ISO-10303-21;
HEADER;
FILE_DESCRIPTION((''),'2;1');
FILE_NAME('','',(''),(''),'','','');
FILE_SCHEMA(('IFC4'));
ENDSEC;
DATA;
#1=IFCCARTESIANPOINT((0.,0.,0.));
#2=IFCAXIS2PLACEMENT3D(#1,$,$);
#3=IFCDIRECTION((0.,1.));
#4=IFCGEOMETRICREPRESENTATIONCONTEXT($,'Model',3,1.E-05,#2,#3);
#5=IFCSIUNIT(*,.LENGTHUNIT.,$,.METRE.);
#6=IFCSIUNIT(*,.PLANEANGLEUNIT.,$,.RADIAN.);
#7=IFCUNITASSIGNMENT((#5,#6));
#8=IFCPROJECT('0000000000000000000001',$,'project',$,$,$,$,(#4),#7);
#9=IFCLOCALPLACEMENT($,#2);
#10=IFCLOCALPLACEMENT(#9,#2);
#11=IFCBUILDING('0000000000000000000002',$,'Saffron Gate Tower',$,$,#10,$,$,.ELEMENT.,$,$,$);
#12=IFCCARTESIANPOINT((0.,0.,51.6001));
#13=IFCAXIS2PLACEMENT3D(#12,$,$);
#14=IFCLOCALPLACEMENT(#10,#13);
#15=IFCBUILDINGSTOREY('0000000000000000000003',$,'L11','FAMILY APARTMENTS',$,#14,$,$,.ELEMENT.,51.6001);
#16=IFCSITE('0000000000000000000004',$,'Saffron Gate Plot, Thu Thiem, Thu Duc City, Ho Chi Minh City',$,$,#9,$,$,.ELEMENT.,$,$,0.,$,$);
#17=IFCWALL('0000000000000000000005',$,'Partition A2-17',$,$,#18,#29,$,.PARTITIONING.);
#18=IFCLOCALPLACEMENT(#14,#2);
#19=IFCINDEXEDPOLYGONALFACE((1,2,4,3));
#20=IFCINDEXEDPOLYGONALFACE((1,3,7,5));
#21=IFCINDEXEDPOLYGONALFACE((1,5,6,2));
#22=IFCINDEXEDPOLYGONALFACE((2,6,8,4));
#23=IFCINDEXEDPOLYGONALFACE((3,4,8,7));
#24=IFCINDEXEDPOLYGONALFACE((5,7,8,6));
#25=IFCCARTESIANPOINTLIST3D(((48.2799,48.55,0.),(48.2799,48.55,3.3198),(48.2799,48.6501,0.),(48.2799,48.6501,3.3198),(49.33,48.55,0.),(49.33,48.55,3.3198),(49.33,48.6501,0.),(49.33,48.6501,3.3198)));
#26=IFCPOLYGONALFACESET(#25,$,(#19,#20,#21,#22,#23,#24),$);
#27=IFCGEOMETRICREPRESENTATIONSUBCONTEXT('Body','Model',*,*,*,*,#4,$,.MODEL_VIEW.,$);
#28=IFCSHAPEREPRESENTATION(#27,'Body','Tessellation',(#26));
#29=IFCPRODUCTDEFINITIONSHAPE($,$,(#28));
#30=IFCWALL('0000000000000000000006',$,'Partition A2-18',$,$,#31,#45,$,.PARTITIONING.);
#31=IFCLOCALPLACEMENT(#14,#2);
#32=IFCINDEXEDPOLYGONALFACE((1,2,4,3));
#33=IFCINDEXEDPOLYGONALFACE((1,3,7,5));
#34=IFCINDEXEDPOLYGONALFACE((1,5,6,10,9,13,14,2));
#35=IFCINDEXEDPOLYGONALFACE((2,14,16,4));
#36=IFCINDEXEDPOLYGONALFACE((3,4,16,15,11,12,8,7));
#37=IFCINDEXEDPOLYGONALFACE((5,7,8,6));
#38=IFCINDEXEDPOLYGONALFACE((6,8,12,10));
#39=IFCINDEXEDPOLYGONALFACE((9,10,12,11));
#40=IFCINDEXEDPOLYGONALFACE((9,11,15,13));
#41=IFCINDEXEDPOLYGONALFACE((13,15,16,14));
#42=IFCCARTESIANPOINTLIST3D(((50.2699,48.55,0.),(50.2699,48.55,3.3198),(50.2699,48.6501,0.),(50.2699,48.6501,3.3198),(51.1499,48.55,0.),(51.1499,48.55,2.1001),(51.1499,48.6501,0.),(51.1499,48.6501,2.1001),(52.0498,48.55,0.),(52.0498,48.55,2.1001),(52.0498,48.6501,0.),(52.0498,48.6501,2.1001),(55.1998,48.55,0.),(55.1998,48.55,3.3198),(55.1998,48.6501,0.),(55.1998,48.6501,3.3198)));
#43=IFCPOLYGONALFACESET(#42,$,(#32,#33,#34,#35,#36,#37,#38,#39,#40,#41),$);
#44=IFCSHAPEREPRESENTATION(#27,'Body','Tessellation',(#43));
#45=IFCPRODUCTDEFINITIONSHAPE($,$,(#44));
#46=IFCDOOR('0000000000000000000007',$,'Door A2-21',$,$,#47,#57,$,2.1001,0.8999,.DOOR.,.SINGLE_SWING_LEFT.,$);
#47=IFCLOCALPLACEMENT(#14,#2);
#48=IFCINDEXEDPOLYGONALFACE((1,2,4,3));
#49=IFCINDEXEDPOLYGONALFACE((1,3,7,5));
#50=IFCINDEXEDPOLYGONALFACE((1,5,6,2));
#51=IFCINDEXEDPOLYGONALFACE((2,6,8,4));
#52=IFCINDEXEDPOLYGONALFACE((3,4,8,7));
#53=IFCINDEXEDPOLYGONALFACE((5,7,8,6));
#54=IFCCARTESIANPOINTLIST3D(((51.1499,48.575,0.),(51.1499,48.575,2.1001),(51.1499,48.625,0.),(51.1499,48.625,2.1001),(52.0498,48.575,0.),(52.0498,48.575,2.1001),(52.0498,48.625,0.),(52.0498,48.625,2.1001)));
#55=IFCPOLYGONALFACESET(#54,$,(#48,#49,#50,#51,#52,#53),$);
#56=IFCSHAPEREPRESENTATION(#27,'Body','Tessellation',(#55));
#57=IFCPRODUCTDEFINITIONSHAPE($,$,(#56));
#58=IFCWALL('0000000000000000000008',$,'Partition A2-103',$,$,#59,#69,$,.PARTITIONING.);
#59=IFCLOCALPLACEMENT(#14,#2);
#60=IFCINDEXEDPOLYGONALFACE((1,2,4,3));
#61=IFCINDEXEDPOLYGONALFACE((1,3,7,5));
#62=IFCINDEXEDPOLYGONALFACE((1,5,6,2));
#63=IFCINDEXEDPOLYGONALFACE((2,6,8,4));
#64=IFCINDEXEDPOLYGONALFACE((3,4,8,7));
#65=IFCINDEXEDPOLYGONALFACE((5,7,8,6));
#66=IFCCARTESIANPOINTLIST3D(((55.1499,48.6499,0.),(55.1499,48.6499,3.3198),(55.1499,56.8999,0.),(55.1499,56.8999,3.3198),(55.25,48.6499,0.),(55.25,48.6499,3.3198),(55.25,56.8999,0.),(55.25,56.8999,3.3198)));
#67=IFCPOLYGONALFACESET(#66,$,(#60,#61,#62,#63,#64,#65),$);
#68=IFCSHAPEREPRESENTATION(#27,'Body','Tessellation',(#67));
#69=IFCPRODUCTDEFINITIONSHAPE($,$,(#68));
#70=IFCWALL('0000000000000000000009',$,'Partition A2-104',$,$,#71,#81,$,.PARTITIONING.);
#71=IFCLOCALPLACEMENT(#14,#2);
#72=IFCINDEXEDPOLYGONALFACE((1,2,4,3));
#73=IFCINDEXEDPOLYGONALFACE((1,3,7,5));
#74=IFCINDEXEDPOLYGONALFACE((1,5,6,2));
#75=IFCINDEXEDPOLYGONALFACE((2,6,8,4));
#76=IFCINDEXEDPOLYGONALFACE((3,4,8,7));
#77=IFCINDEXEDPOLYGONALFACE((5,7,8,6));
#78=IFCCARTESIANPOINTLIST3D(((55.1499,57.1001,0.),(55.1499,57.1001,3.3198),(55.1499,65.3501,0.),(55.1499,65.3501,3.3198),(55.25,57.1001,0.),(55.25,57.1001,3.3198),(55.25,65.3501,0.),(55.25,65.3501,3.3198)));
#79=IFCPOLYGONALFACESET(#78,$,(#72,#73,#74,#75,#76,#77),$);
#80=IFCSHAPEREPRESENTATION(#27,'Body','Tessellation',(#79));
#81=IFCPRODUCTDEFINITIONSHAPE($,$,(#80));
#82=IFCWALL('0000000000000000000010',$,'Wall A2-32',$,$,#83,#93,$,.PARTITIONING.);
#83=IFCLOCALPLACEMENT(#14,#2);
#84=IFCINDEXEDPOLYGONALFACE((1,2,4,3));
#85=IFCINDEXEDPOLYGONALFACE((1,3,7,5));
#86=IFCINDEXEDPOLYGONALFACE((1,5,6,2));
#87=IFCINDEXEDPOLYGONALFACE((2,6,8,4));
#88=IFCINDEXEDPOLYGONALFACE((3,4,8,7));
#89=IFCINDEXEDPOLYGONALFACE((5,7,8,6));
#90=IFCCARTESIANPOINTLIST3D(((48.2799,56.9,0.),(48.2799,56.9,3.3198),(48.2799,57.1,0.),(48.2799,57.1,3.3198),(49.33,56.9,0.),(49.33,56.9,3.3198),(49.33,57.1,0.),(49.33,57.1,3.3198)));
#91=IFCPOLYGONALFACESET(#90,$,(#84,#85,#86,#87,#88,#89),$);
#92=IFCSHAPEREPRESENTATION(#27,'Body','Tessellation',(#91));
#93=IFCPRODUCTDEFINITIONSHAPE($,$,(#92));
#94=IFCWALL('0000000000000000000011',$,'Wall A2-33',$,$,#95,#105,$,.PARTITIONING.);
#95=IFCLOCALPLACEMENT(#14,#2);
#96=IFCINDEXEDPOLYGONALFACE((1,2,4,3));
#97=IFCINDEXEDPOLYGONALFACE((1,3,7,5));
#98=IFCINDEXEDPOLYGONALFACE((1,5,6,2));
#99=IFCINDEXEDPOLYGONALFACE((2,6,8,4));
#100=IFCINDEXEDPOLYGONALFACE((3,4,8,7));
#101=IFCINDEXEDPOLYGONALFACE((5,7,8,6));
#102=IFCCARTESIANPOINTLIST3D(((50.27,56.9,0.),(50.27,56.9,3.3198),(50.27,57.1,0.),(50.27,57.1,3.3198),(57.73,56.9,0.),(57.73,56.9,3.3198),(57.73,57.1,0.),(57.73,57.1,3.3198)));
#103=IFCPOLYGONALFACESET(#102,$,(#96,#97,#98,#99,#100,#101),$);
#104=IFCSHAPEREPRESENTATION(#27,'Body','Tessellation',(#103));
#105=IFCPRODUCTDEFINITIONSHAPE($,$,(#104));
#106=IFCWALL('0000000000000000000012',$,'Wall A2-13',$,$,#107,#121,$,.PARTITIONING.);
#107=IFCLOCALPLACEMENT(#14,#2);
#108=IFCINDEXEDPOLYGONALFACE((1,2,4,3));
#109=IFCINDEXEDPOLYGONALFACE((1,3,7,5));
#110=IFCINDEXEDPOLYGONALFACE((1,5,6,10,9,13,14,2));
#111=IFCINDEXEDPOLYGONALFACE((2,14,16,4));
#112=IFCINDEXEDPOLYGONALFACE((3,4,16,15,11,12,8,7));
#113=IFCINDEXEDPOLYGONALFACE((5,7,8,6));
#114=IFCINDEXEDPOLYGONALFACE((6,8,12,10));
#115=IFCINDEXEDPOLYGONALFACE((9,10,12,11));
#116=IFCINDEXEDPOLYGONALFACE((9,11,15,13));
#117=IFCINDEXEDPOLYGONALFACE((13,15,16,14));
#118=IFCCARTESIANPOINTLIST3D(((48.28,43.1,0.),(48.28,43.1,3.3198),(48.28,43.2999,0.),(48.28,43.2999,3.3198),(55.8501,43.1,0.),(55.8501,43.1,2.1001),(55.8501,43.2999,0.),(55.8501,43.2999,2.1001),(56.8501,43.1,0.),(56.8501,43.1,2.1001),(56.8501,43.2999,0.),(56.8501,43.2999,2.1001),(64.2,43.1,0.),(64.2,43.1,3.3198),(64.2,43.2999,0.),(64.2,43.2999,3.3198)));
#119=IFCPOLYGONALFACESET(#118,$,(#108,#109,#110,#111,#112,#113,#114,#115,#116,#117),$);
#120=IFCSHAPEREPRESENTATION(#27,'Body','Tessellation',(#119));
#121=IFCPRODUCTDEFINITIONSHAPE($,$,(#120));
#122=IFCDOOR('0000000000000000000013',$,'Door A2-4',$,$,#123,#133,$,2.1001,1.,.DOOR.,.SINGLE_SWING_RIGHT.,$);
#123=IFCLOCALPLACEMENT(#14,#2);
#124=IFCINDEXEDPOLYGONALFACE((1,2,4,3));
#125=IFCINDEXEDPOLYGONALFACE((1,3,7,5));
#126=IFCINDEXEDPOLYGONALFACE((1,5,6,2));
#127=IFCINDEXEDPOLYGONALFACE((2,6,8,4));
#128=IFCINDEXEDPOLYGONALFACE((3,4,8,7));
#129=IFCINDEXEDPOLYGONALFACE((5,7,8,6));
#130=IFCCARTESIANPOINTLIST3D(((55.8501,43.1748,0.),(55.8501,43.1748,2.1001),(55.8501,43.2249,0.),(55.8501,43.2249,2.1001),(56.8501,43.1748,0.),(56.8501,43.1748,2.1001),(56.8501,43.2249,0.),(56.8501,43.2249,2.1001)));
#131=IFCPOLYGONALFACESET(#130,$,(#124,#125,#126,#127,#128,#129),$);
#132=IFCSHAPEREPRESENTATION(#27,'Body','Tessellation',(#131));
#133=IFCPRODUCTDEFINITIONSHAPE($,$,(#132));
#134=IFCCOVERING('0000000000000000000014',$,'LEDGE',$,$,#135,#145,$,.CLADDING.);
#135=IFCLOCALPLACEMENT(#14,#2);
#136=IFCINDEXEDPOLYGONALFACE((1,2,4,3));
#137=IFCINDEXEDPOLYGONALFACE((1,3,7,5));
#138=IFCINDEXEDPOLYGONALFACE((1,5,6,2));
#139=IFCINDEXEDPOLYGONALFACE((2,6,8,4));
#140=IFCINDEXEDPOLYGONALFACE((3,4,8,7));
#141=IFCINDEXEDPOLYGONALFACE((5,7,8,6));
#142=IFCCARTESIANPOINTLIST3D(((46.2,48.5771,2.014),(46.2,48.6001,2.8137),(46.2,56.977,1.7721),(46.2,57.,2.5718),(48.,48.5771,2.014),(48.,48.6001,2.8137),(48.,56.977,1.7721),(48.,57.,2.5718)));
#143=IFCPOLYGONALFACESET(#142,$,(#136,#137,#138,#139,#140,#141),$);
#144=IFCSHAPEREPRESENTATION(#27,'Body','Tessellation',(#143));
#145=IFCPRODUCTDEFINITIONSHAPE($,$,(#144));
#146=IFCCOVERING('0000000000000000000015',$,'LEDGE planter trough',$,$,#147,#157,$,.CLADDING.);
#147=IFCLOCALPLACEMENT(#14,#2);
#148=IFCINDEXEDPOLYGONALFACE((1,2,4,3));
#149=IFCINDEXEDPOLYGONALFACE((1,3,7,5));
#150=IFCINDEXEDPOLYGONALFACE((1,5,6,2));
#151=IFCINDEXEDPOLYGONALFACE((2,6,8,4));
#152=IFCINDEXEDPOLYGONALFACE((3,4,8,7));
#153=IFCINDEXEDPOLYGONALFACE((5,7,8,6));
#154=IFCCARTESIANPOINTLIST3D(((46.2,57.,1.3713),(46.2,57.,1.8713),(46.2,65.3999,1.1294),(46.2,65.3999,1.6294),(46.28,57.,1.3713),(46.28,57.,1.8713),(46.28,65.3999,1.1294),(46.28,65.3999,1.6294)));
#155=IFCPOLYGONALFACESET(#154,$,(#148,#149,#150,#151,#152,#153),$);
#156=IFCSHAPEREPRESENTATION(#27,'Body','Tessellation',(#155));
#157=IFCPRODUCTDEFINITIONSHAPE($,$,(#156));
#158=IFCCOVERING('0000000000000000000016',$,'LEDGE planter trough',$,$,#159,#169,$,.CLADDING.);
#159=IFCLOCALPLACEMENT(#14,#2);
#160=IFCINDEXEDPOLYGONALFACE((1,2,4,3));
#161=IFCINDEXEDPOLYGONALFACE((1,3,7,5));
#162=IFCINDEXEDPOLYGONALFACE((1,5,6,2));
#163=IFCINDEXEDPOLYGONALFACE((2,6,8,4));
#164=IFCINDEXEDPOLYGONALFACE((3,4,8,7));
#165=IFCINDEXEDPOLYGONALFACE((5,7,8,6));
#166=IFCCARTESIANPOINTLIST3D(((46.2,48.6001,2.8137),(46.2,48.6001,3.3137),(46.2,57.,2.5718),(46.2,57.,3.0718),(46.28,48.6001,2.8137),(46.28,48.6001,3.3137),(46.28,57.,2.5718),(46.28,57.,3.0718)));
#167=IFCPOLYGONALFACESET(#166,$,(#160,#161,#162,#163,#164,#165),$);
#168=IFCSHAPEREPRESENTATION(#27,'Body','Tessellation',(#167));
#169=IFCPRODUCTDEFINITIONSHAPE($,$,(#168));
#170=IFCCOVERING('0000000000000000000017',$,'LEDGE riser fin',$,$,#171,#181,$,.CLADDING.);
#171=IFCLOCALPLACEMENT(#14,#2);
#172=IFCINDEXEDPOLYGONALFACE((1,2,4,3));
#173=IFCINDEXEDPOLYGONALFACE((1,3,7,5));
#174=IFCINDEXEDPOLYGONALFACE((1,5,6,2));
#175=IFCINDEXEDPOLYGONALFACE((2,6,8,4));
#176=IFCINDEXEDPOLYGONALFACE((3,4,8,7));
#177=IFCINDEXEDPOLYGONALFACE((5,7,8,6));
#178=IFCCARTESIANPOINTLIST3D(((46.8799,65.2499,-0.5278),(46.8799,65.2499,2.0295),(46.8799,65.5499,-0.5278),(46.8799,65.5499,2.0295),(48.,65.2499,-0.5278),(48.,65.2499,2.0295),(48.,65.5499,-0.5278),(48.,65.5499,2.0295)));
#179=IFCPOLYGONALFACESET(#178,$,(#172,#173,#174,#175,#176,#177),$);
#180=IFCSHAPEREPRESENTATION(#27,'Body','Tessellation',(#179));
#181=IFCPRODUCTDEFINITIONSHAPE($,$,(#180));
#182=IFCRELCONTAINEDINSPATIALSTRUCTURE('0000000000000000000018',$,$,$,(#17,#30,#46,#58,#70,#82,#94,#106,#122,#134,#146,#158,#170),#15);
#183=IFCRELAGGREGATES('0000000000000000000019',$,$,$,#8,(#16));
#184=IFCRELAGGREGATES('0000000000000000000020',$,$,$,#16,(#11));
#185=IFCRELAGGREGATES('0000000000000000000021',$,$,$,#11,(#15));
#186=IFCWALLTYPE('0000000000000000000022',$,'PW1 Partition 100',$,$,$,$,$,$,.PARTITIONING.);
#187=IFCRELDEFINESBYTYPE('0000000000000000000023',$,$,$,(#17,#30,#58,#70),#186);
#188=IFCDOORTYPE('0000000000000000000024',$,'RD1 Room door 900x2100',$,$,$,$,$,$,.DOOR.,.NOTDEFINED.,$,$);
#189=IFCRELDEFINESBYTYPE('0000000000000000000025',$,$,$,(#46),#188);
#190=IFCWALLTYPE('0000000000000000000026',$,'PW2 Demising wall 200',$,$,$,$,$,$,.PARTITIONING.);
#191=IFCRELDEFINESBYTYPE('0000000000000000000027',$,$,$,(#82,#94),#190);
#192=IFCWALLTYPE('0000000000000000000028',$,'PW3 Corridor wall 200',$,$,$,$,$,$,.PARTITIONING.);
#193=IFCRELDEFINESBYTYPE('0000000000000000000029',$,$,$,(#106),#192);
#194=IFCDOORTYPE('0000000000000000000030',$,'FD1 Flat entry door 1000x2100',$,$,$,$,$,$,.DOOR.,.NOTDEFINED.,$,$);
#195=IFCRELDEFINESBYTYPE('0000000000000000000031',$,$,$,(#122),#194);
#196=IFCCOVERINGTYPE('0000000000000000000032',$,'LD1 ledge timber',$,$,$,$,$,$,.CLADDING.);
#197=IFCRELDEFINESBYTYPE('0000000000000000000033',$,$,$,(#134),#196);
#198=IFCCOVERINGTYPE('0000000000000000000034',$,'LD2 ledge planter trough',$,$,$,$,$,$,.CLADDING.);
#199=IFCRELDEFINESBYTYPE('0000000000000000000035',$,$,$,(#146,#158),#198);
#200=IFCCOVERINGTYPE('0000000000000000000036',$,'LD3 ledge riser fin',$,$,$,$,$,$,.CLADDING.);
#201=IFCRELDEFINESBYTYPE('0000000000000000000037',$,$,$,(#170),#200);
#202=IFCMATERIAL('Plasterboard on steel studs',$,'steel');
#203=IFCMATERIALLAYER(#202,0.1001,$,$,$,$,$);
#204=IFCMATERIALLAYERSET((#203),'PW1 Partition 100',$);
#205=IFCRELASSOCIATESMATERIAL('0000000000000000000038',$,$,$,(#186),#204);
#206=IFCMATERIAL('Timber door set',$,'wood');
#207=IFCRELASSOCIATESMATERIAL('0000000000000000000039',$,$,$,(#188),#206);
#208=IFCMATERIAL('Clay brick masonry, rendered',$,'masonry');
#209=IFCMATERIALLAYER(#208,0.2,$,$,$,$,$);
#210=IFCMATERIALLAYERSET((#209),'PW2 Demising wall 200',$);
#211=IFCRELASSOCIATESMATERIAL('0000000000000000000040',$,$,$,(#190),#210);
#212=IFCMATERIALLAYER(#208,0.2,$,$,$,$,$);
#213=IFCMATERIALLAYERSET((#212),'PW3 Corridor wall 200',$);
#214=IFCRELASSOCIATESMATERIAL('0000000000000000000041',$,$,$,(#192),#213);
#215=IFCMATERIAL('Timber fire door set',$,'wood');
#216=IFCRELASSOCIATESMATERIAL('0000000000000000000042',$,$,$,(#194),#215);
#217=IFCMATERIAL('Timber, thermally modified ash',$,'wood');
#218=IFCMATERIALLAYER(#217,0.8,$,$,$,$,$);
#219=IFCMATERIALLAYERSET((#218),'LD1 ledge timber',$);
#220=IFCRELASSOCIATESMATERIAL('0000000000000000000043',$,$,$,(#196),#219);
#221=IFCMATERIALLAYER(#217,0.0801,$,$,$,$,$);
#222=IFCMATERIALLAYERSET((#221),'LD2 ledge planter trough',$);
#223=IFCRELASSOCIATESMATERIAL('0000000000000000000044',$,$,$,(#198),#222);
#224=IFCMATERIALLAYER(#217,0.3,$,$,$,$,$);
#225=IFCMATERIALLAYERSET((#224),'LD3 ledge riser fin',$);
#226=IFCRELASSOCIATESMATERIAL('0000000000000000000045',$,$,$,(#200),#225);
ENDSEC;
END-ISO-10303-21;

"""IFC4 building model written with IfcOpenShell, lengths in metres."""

from ifc_helpers import new_model, si_unit, direction, frame, frame_2d, origin, origin_2d, place, context, subcontext, project, spatial, polyline, rectangle, outline, extrude, material, layer, layer_set, type_object, element, fill, save


model = new_model("IFC4")

# Units and contexts
model_context = context("Model", 3, precision=1e-05, world=origin(), true_north=direction((0.0, 1.0)))
body_context = subcontext(model_context, "Body", "Model", "MODEL_VIEW")
ifc_project = project(units=[si_unit("LENGTHUNIT", "METRE"), si_unit("PLANEANGLEUNIT", "RADIAN")], contexts=[model_context])

# Site, building, storey
site_placement = place(None, origin())
site = spatial("IfcSite", under=ifc_project, at=site_placement, Name="Saffron Gate Plot, Thu Thiem, Thu Duc City, Ho Chi Minh City", CompositionType="ELEMENT", RefElevation=0.0)
building_placement = place(site_placement, origin())
building = spatial("IfcBuilding", under=site, at=building_placement, Name="Saffron Gate Tower", CompositionType="ELEMENT")
storey_placement = place(building_placement, frame((0.0, 0.0, 51.6001)))
storey = spatial("IfcBuildingStorey", under=building, at=storey_placement, Name="L11", Description="FAMILY APARTMENTS", CompositionType="ELEMENT", Elevation=51.6001)

# Wall
ifc_material_1 = material(Name="Plasterboard on steel studs", Category="steel")
ifc_layer_1 = layer(ifc_material_1, 0.1001)
ifc_layer_set_1 = layer_set([ifc_layer_1], Name="PW1 Partition 100")
wall_type_1 = type_object("IfcWallType", Name="PW1 Partition 100", PredefinedType="PARTITIONING", material=ifc_layer_set_1)
wall_1_placement = place(storey_placement, frame((48.28, 48.6001, 0.0), z_axis=(0.0, 0.0, 1.0), x_axis=(1.0, 0.0, 0.0)))
element("IfcWall", 1, at=wall_1_placement, inside=storey, type_object=wall_type_1, Name="Partition A2-17", PredefinedType="PARTITIONING", context=body_context, shape_type="SweptSolid", body=[
    extrude(rectangle(XDim=1.05, YDim=0.1001, at=frame_2d((0.5249, 0.0))), origin(), (0.0, 0.0, 1.0), 3.3198),
])

# Wall, opening, door
wall_2_placement = place(storey_placement, frame((50.27, 48.6001, 0.0), z_axis=(0.0, 0.0, 1.0), x_axis=(1.0, 0.0, 0.0)))
wall_2 = element("IfcWall", 2, at=wall_2_placement, inside=storey, type_object=wall_type_1, Name="Partition A2-18", PredefinedType="PARTITIONING", context=body_context, shape_type="SweptSolid", body=[
    extrude(rectangle(XDim=4.9299, YDim=0.1001, at=frame_2d((2.4648, 0.0))), origin(), (0.0, 0.0, 1.0), 3.3198),
])
opening_1_placement = place(wall_2_placement, frame((0.8799, 0.0, 0.0)))
opening_1 = element("IfcOpeningElement", 3, at=opening_1_placement, cuts=wall_2, PredefinedType="OPENING", context=body_context, shape_type="SweptSolid", body=[
    extrude(rectangle(XDim=0.8999, YDim=2.1001, at=frame_2d((0.45, 1.05))), frame((0.0, 0.0601, 0.0), z_axis=(0.0, -1.0, 0.0), x_axis=(1.0, 0.0, 0.0)), (0.0, 0.0, 1.0), 0.1201),
])
ifc_material_2 = material(Name="Timber door set", Category="wood")
door_type_1 = type_object("IfcDoorType", Name="RD1 Room door 900x2100", OperationType="NOTDEFINED", PredefinedType="DOOR", material=ifc_material_2)
door_1_placement = place(opening_1_placement, origin())
door_1 = element("IfcDoor", 4, at=door_1_placement, inside=storey, type_object=door_type_1, Name="Door A2-21", OperationType="SINGLE_SWING_LEFT", OverallHeight=2.1001, OverallWidth=0.8999, PredefinedType="DOOR", context=body_context, shape_type="SweptSolid", body=[
    extrude(rectangle(XDim=0.8999, YDim=2.1001, at=frame_2d((0.45, 1.05))), frame((0.0, 0.0249, 0.0), z_axis=(0.0, -1.0, 0.0), x_axis=(1.0, 0.0, 0.0)), (0.0, 0.0, 1.0), 0.05),
])
fill(opening_1, door_1)

# Walls
for number, where, z_axis, x_axis, name in (
    (5, (55.2, 56.8999, 0.0), (0.0, 0.0, 1.0), (0.0, -1.0, 0.0), "Partition A2-103"),
    (6, (55.2, 65.3501, 0.0), (0.0, 0.0, 1.0), (0.0, -1.0, 0.0), "Partition A2-104"),
):
    element("IfcWall", number, at=place(storey_placement, frame(where, z_axis=z_axis, x_axis=x_axis)), inside=storey, type_object=wall_type_1, Name=name, PredefinedType="PARTITIONING", context=body_context, shape_type="SweptSolid", body=[
        extrude(rectangle(XDim=8.25, YDim=0.1001, at=frame_2d((4.125, 0.0))), origin(), (0.0, 0.0, 1.0), 3.3198),
    ])
ifc_material_3 = material(Name="Clay brick masonry, rendered", Category="masonry")
ifc_layer_2 = layer(ifc_material_3, 0.2)
ifc_layer_set_2 = layer_set([ifc_layer_2], Name="PW2 Demising wall 200")
wall_type_2 = type_object("IfcWallType", Name="PW2 Demising wall 200", PredefinedType="PARTITIONING", material=ifc_layer_set_2)
wall_3_placement = place(storey_placement, frame((48.28, 57.0, 0.0), z_axis=(0.0, 0.0, 1.0), x_axis=(1.0, 0.0, 0.0)))
element("IfcWall", 7, at=wall_3_placement, inside=storey, type_object=wall_type_2, Name="Wall A2-32", PredefinedType="PARTITIONING", context=body_context, shape_type="SweptSolid", body=[
    extrude(rectangle(XDim=1.05, YDim=0.2, at=frame_2d((0.5249, 0.0))), origin(), (0.0, 0.0, 1.0), 3.3198),
])
wall_4_placement = place(storey_placement, frame((50.27, 57.0, 0.0), z_axis=(0.0, 0.0, 1.0), x_axis=(1.0, 0.0, 0.0)))
element("IfcWall", 8, at=wall_4_placement, inside=storey, type_object=wall_type_2, Name="Wall A2-33", PredefinedType="PARTITIONING", context=body_context, shape_type="SweptSolid", body=[
    extrude(rectangle(XDim=7.46, YDim=0.2, at=frame_2d((3.73, 0.0))), origin(), (0.0, 0.0, 1.0), 3.3198),
])

# Wall, opening, door
ifc_layer_3 = layer(ifc_material_3, 0.2)
ifc_layer_set_3 = layer_set([ifc_layer_3], Name="PW3 Corridor wall 200")
wall_type_3 = type_object("IfcWallType", Name="PW3 Corridor wall 200", PredefinedType="PARTITIONING", material=ifc_layer_set_3)
wall_5_placement = place(storey_placement, frame((48.28, 43.2, 0.0), z_axis=(0.0, 0.0, 1.0), x_axis=(1.0, 0.0, 0.0)))
wall_5 = element("IfcWall", 9, at=wall_5_placement, inside=storey, type_object=wall_type_3, Name="Wall A2-13", PredefinedType="PARTITIONING", context=body_context, shape_type="SweptSolid", body=[
    extrude(rectangle(XDim=15.9199, YDim=0.2, at=frame_2d((7.96, 0.0))), origin(), (0.0, 0.0, 1.0), 3.3198),
])
opening_2_placement = place(wall_5_placement, frame((7.5701, 0.0, 0.0)))
opening_2 = element("IfcOpeningElement", 10, at=opening_2_placement, cuts=wall_5, PredefinedType="OPENING", context=body_context, shape_type="SweptSolid", body=[
    extrude(rectangle(XDim=1.0, YDim=2.1001, at=frame_2d((0.5, 1.05))), frame((0.0, 0.1099, 0.0), z_axis=(0.0, -1.0, 0.0), x_axis=(1.0, 0.0, 0.0)), (0.0, 0.0, 1.0), 0.22),
])
ifc_material_4 = material(Name="Timber fire door set", Category="wood")
door_type_2 = type_object("IfcDoorType", Name="FD1 Flat entry door 1000x2100", OperationType="NOTDEFINED", PredefinedType="DOOR", material=ifc_material_4)
door_2_placement = place(opening_2_placement, origin())
door_2 = element("IfcDoor", 11, at=door_2_placement, inside=storey, type_object=door_type_2, Name="Door A2-4", OperationType="SINGLE_SWING_RIGHT", OverallHeight=2.1001, OverallWidth=1.0, PredefinedType="DOOR", context=body_context, shape_type="SweptSolid", body=[
    extrude(rectangle(XDim=1.0, YDim=2.1001, at=frame_2d((0.5, 1.05))), frame((0.0, 0.0249, 0.0), z_axis=(0.0, -1.0, 0.0), x_axis=(1.0, 0.0, 0.0)), (0.0, 0.0, 1.0), 0.05),
])
fill(opening_2, door_2)

# Coverings
ifc_material_5 = material(Name="Timber, thermally modified ash", Category="wood")
ifc_layer_4 = layer(ifc_material_5, 0.8)
ifc_layer_set_4 = layer_set([ifc_layer_4], Name="LD1 ledge timber")
covering_type_1 = type_object("IfcCoveringType", Name="LD1 ledge timber", PredefinedType="CLADDING", material=ifc_layer_set_4)
covering_1_placement = place(storey_placement, frame((48.0, 57.0, 2.5718), z_axis=(0.0, 0.028791, 0.999585), x_axis=(0.0, -0.999585, 0.028791)))
element("IfcCovering", 12, at=covering_1_placement, inside=storey, type_object=covering_type_1, Name="LEDGE", PredefinedType="CLADDING", context=body_context, shape_type="SweptSolid", body=[
    extrude(outline(polyline([(0.0, 0.0), (8.4034, 0.0), (8.4034, -1.8), (0.0, -1.8), (0.0, 0.0)])), origin(), (0.0, 0.0, -1.0), 0.8),
])
ifc_layer_5 = layer(ifc_material_5, 0.0801)
ifc_layer_set_5 = layer_set([ifc_layer_5], Name="LD2 ledge planter trough")
covering_type_2 = type_object("IfcCoveringType", Name="LD2 ledge planter trough", PredefinedType="CLADDING", material=ifc_layer_set_5)
for number, where, z_axis, x_axis, name in (
    (13, (46.2, 65.3999, 1.1294), (-1.0, 0.0, 0.0), (0.0, -0.999585, 0.028791), "LEDGE planter trough"),
    (14, (46.2, 57.0, 2.5718), (-1.0, 0.0, 0.0), (0.0, -0.999585, 0.028791), "LEDGE planter trough"),
):
    element("IfcCovering", number, at=place(storey_placement, frame(where, z_axis=z_axis, x_axis=x_axis)), inside=storey, type_object=covering_type_2, Name=name, PredefinedType="CLADDING", context=body_context, shape_type="SweptSolid", body=[
        extrude(outline(polyline([(0.0, 0.0), (8.4034, 0.0), (8.4178, 0.4998), (0.0144, 0.4998), (0.0, 0.0)])), origin(), (0.0, 0.0, -1.0), 0.0801),
    ])
ifc_layer_6 = layer(ifc_material_5, 0.3)
ifc_layer_set_6 = layer_set([ifc_layer_6], Name="LD3 ledge riser fin")
covering_type_3 = type_object("IfcCoveringType", Name="LD3 ledge riser fin", PredefinedType="CLADDING", material=ifc_layer_set_6)
covering_2_placement = place(storey_placement, frame((47.4399, 65.3999, -0.5278), z_axis=(0.0, 0.0, 1.0), x_axis=(0.0, -1.0, 0.0)))
element("IfcCovering", 15, at=covering_2_placement, inside=storey, type_object=covering_type_3, Name="LEDGE riser fin", PredefinedType="CLADDING", context=body_context, shape_type="SweptSolid", body=[
    extrude(rectangle(XDim=0.3, YDim=1.1201, at=origin_2d()), origin(), (0.0, 0.0, 1.0), 2.5574),
])

save(model, "model.ifc")
